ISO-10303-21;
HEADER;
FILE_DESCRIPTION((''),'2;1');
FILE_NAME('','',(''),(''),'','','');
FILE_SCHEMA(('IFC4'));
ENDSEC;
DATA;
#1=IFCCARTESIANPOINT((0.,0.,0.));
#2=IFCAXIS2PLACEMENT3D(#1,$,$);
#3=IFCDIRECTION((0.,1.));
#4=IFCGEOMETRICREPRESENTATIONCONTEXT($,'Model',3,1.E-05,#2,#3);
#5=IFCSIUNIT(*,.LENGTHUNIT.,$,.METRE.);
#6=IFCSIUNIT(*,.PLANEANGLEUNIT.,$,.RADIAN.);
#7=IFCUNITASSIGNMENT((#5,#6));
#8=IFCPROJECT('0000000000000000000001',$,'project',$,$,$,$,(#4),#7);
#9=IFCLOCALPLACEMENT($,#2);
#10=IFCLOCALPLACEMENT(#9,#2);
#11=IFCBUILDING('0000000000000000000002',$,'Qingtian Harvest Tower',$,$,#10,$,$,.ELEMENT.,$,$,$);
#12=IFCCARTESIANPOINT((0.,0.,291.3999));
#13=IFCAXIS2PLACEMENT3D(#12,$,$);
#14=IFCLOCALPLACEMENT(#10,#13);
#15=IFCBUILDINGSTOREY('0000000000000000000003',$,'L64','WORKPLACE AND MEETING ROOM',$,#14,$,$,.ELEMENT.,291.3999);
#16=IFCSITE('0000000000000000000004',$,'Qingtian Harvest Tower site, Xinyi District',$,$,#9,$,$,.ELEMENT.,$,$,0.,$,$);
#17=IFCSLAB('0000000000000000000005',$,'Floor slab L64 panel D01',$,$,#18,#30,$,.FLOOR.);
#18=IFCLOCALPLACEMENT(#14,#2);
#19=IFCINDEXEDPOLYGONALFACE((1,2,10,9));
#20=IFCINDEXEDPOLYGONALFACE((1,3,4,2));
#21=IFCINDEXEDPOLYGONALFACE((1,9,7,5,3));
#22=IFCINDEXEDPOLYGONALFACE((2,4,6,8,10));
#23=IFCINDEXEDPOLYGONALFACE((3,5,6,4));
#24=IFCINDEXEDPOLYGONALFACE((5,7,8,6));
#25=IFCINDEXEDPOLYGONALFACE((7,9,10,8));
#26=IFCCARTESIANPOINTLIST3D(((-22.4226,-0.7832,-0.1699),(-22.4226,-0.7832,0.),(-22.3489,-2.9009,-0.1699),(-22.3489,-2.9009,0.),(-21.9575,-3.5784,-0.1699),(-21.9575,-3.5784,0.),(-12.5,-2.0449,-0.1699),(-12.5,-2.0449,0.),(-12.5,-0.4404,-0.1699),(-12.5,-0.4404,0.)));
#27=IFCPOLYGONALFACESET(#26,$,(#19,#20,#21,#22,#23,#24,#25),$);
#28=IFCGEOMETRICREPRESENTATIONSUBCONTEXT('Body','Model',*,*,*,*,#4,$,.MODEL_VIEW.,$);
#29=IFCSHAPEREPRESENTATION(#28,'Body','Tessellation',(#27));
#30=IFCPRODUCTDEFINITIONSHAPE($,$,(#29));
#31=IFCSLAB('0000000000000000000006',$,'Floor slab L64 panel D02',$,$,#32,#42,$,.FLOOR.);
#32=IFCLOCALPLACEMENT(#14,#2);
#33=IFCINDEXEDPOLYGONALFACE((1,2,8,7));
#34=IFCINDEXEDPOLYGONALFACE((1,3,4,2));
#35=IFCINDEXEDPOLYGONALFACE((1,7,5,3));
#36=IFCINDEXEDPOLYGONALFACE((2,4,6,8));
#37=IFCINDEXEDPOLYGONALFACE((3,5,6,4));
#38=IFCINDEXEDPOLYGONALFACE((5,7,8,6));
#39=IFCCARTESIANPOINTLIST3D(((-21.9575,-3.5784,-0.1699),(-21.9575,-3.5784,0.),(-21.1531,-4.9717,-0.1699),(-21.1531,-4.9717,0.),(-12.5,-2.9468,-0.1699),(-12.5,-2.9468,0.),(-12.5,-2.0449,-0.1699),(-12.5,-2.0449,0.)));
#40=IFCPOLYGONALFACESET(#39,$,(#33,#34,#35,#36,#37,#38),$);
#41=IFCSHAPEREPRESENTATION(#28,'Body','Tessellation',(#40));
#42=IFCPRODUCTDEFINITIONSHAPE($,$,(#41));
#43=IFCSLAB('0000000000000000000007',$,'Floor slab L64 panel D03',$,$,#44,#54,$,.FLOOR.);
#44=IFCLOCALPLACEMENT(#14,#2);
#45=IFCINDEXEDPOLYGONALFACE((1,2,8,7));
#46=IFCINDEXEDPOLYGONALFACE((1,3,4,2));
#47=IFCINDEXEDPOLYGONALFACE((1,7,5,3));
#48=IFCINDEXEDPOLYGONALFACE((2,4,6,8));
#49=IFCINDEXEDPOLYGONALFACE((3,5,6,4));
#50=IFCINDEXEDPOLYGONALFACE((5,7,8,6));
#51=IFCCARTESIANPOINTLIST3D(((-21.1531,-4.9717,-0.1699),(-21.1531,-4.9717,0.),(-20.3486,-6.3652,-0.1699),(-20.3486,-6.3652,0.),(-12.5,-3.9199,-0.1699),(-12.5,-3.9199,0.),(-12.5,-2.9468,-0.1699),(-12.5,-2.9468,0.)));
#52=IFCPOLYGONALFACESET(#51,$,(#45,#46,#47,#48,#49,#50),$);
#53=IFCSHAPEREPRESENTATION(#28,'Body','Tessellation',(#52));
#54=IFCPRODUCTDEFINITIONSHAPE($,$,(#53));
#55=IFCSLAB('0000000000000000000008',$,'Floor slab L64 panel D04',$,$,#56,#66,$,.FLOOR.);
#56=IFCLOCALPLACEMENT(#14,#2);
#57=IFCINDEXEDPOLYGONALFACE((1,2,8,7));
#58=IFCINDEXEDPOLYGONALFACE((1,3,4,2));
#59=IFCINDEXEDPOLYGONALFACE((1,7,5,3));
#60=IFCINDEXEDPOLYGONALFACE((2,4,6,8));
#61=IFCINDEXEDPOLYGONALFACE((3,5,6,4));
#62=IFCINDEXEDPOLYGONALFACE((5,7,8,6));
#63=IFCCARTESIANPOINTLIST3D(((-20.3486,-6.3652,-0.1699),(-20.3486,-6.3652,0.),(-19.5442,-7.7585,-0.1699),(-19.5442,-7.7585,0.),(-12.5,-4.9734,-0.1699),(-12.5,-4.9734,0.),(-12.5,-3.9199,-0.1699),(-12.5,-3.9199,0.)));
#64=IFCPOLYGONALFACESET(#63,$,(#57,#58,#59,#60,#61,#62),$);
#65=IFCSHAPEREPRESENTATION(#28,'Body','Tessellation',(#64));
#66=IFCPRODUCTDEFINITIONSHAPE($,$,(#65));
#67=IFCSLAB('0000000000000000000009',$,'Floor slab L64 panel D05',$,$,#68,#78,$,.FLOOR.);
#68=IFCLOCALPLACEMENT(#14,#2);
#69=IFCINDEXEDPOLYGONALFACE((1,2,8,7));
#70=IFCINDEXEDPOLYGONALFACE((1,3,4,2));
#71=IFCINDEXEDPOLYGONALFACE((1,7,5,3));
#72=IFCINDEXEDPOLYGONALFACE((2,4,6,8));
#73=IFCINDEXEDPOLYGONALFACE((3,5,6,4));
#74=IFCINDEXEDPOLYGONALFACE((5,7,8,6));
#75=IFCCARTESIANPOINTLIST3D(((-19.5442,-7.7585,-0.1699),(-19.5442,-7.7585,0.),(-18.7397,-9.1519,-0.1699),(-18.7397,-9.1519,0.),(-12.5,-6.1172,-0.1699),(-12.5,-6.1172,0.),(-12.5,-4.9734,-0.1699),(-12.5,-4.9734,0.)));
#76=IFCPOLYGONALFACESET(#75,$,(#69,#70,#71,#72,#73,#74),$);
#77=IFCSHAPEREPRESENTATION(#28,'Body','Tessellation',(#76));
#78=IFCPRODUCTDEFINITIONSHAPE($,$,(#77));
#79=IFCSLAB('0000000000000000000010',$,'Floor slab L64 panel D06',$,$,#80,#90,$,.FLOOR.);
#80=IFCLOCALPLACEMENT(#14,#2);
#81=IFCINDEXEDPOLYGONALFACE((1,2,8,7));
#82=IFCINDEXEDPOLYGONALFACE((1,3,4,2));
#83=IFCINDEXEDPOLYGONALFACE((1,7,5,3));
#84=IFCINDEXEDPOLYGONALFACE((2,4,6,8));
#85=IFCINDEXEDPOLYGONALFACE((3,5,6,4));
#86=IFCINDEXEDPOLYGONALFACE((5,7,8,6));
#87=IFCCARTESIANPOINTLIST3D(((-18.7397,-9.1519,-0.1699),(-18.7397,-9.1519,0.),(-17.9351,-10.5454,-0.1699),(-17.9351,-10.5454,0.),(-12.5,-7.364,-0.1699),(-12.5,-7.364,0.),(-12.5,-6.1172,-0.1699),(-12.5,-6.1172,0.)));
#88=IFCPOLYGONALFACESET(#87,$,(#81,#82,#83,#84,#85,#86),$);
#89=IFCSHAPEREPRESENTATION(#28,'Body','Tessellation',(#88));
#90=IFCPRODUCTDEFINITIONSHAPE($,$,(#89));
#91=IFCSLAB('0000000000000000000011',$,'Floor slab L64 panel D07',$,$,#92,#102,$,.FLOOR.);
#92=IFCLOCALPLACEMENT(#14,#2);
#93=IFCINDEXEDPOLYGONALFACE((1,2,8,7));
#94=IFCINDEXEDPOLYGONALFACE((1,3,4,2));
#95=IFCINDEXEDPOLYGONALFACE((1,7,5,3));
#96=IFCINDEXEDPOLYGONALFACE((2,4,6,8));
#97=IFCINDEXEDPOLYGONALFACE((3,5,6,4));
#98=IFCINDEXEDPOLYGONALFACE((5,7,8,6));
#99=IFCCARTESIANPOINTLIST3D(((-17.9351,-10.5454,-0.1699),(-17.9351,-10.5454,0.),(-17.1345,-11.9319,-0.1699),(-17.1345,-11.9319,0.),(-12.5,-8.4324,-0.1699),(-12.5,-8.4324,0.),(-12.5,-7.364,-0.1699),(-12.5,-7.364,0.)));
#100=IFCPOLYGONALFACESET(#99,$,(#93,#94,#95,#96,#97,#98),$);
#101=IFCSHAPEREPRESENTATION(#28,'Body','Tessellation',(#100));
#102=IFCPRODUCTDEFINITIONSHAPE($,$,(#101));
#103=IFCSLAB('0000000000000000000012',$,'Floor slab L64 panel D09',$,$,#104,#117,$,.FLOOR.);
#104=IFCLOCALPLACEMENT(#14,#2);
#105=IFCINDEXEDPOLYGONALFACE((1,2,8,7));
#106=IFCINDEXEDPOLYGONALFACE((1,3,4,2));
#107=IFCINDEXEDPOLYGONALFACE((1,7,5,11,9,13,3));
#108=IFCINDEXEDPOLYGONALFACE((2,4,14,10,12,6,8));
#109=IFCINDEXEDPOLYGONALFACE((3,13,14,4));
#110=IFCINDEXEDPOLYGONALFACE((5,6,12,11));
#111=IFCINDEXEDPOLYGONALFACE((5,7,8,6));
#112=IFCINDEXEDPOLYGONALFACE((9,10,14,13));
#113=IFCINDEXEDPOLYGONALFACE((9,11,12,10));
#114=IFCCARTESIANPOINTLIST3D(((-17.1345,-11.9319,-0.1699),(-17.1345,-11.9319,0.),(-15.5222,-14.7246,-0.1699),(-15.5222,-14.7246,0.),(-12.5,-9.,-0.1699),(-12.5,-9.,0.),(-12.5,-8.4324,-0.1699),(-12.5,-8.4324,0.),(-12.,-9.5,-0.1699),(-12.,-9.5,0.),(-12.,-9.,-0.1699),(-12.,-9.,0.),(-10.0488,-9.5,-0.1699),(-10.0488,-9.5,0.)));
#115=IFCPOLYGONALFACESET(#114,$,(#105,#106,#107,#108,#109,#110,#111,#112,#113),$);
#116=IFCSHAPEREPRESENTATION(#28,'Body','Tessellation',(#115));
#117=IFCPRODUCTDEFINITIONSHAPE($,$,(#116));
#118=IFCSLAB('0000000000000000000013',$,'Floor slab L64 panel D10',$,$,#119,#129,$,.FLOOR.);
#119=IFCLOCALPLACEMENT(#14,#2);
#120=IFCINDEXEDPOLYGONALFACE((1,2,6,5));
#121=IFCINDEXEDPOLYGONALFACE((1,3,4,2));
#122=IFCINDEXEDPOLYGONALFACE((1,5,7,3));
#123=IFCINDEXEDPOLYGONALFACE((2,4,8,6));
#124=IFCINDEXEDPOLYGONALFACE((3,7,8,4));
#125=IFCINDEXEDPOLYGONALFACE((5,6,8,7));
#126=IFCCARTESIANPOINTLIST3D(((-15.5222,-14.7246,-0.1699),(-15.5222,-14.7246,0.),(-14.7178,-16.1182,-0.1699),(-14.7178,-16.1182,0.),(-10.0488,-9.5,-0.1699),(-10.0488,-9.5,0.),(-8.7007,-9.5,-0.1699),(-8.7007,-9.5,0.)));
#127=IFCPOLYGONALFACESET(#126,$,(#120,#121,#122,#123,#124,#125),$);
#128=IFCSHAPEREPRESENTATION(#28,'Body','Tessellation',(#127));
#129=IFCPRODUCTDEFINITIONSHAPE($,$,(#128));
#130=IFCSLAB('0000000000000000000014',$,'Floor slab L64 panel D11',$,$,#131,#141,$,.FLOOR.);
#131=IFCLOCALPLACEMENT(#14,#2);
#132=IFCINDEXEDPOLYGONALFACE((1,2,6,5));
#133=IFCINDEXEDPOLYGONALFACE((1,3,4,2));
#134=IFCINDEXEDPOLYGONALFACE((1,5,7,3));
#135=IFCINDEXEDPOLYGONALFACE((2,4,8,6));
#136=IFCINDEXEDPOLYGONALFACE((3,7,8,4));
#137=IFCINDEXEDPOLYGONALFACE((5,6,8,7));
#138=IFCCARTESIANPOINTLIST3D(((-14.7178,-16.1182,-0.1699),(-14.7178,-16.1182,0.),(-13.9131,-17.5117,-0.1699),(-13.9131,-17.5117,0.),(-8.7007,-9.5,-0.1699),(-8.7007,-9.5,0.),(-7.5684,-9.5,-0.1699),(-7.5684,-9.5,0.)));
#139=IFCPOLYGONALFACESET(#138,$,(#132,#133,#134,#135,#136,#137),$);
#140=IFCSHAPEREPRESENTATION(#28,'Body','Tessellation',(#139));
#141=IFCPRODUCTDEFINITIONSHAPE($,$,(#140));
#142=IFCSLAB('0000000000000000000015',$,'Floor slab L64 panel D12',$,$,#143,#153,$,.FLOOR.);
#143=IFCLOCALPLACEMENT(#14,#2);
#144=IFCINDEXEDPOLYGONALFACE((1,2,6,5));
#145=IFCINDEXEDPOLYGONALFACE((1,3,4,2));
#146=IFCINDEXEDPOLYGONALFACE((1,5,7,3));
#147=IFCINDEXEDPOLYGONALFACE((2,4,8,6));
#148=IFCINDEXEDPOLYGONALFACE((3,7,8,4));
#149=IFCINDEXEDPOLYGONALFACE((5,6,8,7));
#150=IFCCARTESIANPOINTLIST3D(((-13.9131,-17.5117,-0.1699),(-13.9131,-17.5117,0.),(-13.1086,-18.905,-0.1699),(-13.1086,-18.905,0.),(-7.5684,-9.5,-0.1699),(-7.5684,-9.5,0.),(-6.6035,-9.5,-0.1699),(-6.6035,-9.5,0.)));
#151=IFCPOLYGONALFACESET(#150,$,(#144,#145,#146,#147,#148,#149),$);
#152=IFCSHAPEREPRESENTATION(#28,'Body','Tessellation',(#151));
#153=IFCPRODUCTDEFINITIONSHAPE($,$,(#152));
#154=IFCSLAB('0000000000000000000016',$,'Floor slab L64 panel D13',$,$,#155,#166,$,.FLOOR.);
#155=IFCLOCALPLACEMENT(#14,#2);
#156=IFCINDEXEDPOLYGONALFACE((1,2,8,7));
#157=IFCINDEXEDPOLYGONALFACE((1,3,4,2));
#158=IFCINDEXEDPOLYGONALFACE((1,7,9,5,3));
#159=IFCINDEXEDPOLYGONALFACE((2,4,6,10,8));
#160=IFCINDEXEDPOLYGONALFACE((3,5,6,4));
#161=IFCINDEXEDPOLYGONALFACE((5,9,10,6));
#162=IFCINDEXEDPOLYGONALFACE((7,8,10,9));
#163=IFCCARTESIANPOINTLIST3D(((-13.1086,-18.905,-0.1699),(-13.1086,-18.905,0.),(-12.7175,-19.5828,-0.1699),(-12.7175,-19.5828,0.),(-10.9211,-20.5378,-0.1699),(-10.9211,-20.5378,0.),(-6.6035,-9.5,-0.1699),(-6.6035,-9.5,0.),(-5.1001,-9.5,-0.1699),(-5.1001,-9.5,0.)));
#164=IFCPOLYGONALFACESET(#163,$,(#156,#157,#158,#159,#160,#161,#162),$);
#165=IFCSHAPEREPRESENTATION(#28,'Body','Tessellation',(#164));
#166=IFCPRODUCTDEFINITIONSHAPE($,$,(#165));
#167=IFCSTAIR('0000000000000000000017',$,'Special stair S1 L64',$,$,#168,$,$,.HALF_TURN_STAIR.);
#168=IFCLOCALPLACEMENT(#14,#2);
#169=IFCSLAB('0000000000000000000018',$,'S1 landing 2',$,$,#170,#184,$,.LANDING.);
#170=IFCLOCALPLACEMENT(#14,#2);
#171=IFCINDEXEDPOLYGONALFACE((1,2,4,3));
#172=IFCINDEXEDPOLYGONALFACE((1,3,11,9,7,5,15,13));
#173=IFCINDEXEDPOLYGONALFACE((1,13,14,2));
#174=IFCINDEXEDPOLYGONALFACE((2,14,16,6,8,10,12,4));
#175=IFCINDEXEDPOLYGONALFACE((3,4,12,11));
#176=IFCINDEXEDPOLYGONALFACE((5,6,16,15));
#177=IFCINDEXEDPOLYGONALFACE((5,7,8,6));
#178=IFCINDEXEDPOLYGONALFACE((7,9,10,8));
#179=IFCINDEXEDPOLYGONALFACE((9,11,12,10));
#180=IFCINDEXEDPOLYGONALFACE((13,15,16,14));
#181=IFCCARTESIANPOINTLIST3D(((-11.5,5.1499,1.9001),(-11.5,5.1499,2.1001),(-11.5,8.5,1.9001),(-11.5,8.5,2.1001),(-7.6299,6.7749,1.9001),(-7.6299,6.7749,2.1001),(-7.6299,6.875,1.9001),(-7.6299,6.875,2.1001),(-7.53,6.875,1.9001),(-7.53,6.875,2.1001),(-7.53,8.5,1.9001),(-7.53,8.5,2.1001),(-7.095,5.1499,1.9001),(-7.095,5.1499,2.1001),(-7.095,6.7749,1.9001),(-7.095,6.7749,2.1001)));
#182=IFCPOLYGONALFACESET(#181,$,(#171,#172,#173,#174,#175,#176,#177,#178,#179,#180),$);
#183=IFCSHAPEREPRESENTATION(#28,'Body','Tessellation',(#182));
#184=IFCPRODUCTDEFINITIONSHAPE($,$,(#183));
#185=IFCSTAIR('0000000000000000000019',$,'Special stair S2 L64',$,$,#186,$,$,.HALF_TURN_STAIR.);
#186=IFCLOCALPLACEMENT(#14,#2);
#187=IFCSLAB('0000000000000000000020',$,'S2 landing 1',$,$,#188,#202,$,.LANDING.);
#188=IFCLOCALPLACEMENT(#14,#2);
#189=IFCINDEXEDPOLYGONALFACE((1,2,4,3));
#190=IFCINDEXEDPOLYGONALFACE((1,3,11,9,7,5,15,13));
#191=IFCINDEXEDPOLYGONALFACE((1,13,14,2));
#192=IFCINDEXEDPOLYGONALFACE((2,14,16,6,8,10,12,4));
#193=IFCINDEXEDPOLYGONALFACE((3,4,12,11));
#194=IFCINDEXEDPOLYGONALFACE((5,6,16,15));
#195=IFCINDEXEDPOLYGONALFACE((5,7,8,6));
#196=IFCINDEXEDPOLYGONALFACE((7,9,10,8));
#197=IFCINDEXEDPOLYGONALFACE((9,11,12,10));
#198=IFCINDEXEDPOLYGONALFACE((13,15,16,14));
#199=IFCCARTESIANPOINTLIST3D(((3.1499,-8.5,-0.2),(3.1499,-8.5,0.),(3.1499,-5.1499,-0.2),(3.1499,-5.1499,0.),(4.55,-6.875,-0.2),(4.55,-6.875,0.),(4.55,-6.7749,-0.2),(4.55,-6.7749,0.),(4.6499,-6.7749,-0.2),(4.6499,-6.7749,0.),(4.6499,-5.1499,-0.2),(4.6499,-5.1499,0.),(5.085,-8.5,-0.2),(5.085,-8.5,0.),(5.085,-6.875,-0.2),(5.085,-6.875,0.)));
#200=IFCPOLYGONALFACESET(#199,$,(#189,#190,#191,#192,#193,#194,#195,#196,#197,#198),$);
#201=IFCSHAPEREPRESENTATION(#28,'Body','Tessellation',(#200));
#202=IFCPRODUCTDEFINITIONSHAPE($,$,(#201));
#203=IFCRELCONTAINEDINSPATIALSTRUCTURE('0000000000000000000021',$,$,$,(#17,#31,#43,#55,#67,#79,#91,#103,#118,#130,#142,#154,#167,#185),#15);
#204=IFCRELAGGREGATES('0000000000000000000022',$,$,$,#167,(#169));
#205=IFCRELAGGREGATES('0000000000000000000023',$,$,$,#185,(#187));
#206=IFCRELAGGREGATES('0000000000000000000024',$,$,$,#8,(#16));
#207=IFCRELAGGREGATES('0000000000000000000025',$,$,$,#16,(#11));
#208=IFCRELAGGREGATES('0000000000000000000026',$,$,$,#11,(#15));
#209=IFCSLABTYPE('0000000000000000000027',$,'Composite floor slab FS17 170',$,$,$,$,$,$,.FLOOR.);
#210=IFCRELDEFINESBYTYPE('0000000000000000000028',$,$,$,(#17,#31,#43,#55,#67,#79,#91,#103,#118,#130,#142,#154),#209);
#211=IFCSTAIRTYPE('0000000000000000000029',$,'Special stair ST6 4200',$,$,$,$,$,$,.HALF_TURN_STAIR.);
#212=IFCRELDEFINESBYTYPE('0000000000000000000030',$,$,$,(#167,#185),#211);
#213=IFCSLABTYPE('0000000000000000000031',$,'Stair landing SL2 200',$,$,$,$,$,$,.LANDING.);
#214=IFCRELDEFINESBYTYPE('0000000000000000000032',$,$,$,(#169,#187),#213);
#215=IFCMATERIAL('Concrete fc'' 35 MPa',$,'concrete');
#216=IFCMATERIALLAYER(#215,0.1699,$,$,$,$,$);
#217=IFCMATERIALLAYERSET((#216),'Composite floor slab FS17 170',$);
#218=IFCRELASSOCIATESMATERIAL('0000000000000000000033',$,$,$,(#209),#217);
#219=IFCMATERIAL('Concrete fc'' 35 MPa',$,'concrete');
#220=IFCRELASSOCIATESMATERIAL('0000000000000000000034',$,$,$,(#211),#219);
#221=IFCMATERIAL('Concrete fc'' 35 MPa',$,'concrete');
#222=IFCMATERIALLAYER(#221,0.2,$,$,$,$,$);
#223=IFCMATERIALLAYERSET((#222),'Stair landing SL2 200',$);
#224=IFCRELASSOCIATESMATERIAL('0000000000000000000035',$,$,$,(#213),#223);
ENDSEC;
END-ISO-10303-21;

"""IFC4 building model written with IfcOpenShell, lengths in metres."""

from ifc_helpers import new_model, si_unit, direction, frame, origin, place, context, subcontext, project, spatial, polyline, outline, extrude, material, layer, layer_set, type_object, element, aggregate, save


model = new_model("IFC4")

# Units and contexts
model_context = context("Model", 3, precision=1e-05, world=origin(), true_north=direction((0.0, 1.0)))
body_context = subcontext(model_context, "Body", "Model", "MODEL_VIEW")
ifc_project = project(units=[si_unit("LENGTHUNIT", "METRE"), si_unit("PLANEANGLEUNIT", "RADIAN")], contexts=[model_context])

# Site, building, storey
site_placement = place(None, origin())
site = spatial("IfcSite", under=ifc_project, at=site_placement, Name="Qingtian Harvest Tower site, Xinyi District", CompositionType="ELEMENT", RefElevation=0.0)
building_placement = place(site_placement, origin())
building = spatial("IfcBuilding", under=site, at=building_placement, Name="Qingtian Harvest Tower", CompositionType="ELEMENT")
storey_placement = place(building_placement, frame((0.0, 0.0, 291.3999)))
storey = spatial("IfcBuildingStorey", under=building, at=storey_placement, Name="L64", Description="WORKPLACE AND MEETING ROOM", CompositionType="ELEMENT", Elevation=291.3999)

# Slabs
ifc_material_1 = material(Name="Concrete fc' 35 MPa", Category="concrete")
ifc_layer_1 = layer(ifc_material_1, 0.1699)
ifc_layer_set_1 = layer_set([ifc_layer_1], Name="Composite floor slab FS17 170")
slab_type_1 = type_object("IfcSlabType", Name="Composite floor slab FS17 170", PredefinedType="FLOOR", material=ifc_layer_set_1)
slab_1_placement = place(storey_placement, frame((0.0, 0.0, -0.1699)))
element("IfcSlab", 1, at=slab_1_placement, inside=storey, type_object=slab_type_1, Name="Floor slab L64 panel D01", PredefinedType="FLOOR", context=body_context, shape_type="SweptSolid", body=[
    extrude(outline(polyline([(-22.4226, -0.7832), (-12.5, -0.4404), (-12.5, -2.0449), (-21.9575, -3.5784), (-22.3489, -2.9009), (-22.4226, -0.7832)])), origin(), (0.0, 0.0, 1.0), 0.1699),
])
slab_2_placement = place(storey_placement, frame((0.0, 0.0, -0.1699)))
element("IfcSlab", 2, at=slab_2_placement, inside=storey, type_object=slab_type_1, Name="Floor slab L64 panel D02", PredefinedType="FLOOR", context=body_context, shape_type="SweptSolid", body=[
    extrude(outline(polyline([(-12.5, -2.9468), (-21.1531, -4.9717), (-21.9575, -3.5784), (-12.5, -2.0449), (-12.5, -2.9468)])), origin(), (0.0, 0.0, 1.0), 0.1699),
])
slab_3_placement = place(storey_placement, frame((0.0, 0.0, -0.1699)))
element("IfcSlab", 3, at=slab_3_placement, inside=storey, type_object=slab_type_1, Name="Floor slab L64 panel D03", PredefinedType="FLOOR", context=body_context, shape_type="SweptSolid", body=[
    extrude(outline(polyline([(-12.5, -3.9199), (-20.3486, -6.3652), (-21.1531, -4.9717), (-12.5, -2.9468), (-12.5, -3.9199)])), origin(), (0.0, 0.0, 1.0), 0.1699),
])
slab_4_placement = place(storey_placement, frame((0.0, 0.0, -0.1699)))
element("IfcSlab", 4, at=slab_4_placement, inside=storey, type_object=slab_type_1, Name="Floor slab L64 panel D04", PredefinedType="FLOOR", context=body_context, shape_type="SweptSolid", body=[
    extrude(outline(polyline([(-12.5, -4.9734), (-19.5442, -7.7585), (-20.3486, -6.3652), (-12.5, -3.9199), (-12.5, -4.9734)])), origin(), (0.0, 0.0, 1.0), 0.1699),
])
slab_5_placement = place(storey_placement, frame((0.0, 0.0, -0.1699)))
element("IfcSlab", 5, at=slab_5_placement, inside=storey, type_object=slab_type_1, Name="Floor slab L64 panel D05", PredefinedType="FLOOR", context=body_context, shape_type="SweptSolid", body=[
    extrude(outline(polyline([(-12.5, -6.1172), (-18.7397, -9.1519), (-19.5442, -7.7585), (-12.5, -4.9734), (-12.5, -6.1172)])), origin(), (0.0, 0.0, 1.0), 0.1699),
])
slab_6_placement = place(storey_placement, frame((0.0, 0.0, -0.1699)))
element("IfcSlab", 6, at=slab_6_placement, inside=storey, type_object=slab_type_1, Name="Floor slab L64 panel D06", PredefinedType="FLOOR", context=body_context, shape_type="SweptSolid", body=[
    extrude(outline(polyline([(-12.5, -7.364), (-17.9351, -10.5454), (-18.7397, -9.1519), (-12.5, -6.1172), (-12.5, -7.364)])), origin(), (0.0, 0.0, 1.0), 0.1699),
])
slab_7_placement = place(storey_placement, frame((0.0, 0.0, -0.1699)))
element("IfcSlab", 7, at=slab_7_placement, inside=storey, type_object=slab_type_1, Name="Floor slab L64 panel D07", PredefinedType="FLOOR", context=body_context, shape_type="SweptSolid", body=[
    extrude(outline(polyline([(-12.5, -8.4324), (-17.1345, -11.9319), (-17.9351, -10.5454), (-12.5, -7.364), (-12.5, -8.4324)])), origin(), (0.0, 0.0, 1.0), 0.1699),
])
slab_8_placement = place(storey_placement, frame((0.0, 0.0, -0.1699)))
element("IfcSlab", 8, at=slab_8_placement, inside=storey, type_object=slab_type_1, Name="Floor slab L64 panel D09", PredefinedType="FLOOR", context=body_context, shape_type="SweptSolid", body=[
    extrude(outline(polyline([(-15.5222, -14.7246), (-17.1345, -11.9319), (-12.5, -8.4324), (-12.5, -9.0), (-12.0, -9.0), (-12.0, -9.5), (-10.0488, -9.5), (-15.5222, -14.7246)])), origin(), (0.0, 0.0, 1.0), 0.1699),
])
slab_9_placement = place(storey_placement, frame((0.0, 0.0, -0.1699)))
element("IfcSlab", 9, at=slab_9_placement, inside=storey, type_object=slab_type_1, Name="Floor slab L64 panel D10", PredefinedType="FLOOR", context=body_context, shape_type="SweptSolid", body=[
    extrude(outline(polyline([(-8.7007, -9.5), (-14.7178, -16.1182), (-15.5222, -14.7246), (-10.0488, -9.5), (-8.7007, -9.5)])), origin(), (0.0, 0.0, 1.0), 0.1699),
])
slab_10_placement = place(storey_placement, frame((0.0, 0.0, -0.1699)))
element("IfcSlab", 10, at=slab_10_placement, inside=storey, type_object=slab_type_1, Name="Floor slab L64 panel D11", PredefinedType="FLOOR", context=body_context, shape_type="SweptSolid", body=[
    extrude(outline(polyline([(-7.5684, -9.5), (-13.9131, -17.5117), (-14.7178, -16.1182), (-8.7007, -9.5), (-7.5684, -9.5)])), origin(), (0.0, 0.0, 1.0), 0.1699),
])
slab_11_placement = place(storey_placement, frame((0.0, 0.0, -0.1699)))
element("IfcSlab", 11, at=slab_11_placement, inside=storey, type_object=slab_type_1, Name="Floor slab L64 panel D12", PredefinedType="FLOOR", context=body_context, shape_type="SweptSolid", body=[
    extrude(outline(polyline([(-6.6035, -9.5), (-13.1086, -18.905), (-13.9131, -17.5117), (-7.5684, -9.5), (-6.6035, -9.5)])), origin(), (0.0, 0.0, 1.0), 0.1699),
])
slab_12_placement = place(storey_placement, frame((0.0, 0.0, -0.1699)))
element("IfcSlab", 12, at=slab_12_placement, inside=storey, type_object=slab_type_1, Name="Floor slab L64 panel D13", PredefinedType="FLOOR", context=body_context, shape_type="SweptSolid", body=[
    extrude(outline(polyline([(-6.6035, -9.5), (-5.1001, -9.5), (-10.9211, -20.5378), (-12.7175, -19.5828), (-13.1086, -18.905), (-6.6035, -9.5)])), origin(), (0.0, 0.0, 1.0), 0.1699),
])

# Stair, slab
ifc_material_2 = material(Name="Concrete fc' 35 MPa", Category="concrete")
stair_type = type_object("IfcStairType", Name="Special stair ST6 4200", PredefinedType="HALF_TURN_STAIR", material=ifc_material_2)
stair_1_placement = place(storey_placement, origin())
stair_1 = element("IfcStair", 13, at=stair_1_placement, inside=storey, type_object=stair_type, Name="Special stair S1 L64", PredefinedType="HALF_TURN_STAIR")
ifc_material_3 = material(Name="Concrete fc' 35 MPa", Category="concrete")
ifc_layer_2 = layer(ifc_material_3, 0.2)
ifc_layer_set_2 = layer_set([ifc_layer_2], Name="Stair landing SL2 200")
slab_type_2 = type_object("IfcSlabType", Name="Stair landing SL2 200", PredefinedType="LANDING", material=ifc_layer_set_2)
slab_13_placement = place(storey_placement, frame((0.0, 0.0, 1.9001)))
slab_13 = element("IfcSlab", 14, at=slab_13_placement, type_object=slab_type_2, Name="S1 landing 2", PredefinedType="LANDING", context=body_context, shape_type="SweptSolid", body=[
    extrude(outline(polyline([(-7.095, 5.1499), (-11.5, 5.1499), (-11.5, 8.5), (-7.53, 8.5), (-7.53, 6.875), (-7.6299, 6.875), (-7.6299, 6.7749), (-7.095, 6.7749), (-7.095, 5.1499)])), origin(), (0.0, 0.0, 1.0), 0.2),
])
aggregate(stair_1, [slab_13])

# Stair, slab
stair_2_placement = place(storey_placement, origin())
stair_2 = element("IfcStair", 15, at=stair_2_placement, inside=storey, type_object=stair_type, Name="Special stair S2 L64", PredefinedType="HALF_TURN_STAIR")
slab_14_placement = place(storey_placement, frame((0.0, 0.0, -0.2)))
slab_14 = element("IfcSlab", 16, at=slab_14_placement, type_object=slab_type_2, Name="S2 landing 1", PredefinedType="LANDING", context=body_context, shape_type="SweptSolid", body=[
    extrude(outline(polyline([(5.085, -8.5), (3.1499, -8.5), (3.1499, -5.1499), (4.6499, -5.1499), (4.6499, -6.7749), (4.55, -6.7749), (4.55, -6.875), (5.085, -6.875), (5.085, -8.5)])), origin(), (0.0, 0.0, 1.0), 0.2),
])
aggregate(stair_2, [slab_14])

save(model, "model.ifc")
